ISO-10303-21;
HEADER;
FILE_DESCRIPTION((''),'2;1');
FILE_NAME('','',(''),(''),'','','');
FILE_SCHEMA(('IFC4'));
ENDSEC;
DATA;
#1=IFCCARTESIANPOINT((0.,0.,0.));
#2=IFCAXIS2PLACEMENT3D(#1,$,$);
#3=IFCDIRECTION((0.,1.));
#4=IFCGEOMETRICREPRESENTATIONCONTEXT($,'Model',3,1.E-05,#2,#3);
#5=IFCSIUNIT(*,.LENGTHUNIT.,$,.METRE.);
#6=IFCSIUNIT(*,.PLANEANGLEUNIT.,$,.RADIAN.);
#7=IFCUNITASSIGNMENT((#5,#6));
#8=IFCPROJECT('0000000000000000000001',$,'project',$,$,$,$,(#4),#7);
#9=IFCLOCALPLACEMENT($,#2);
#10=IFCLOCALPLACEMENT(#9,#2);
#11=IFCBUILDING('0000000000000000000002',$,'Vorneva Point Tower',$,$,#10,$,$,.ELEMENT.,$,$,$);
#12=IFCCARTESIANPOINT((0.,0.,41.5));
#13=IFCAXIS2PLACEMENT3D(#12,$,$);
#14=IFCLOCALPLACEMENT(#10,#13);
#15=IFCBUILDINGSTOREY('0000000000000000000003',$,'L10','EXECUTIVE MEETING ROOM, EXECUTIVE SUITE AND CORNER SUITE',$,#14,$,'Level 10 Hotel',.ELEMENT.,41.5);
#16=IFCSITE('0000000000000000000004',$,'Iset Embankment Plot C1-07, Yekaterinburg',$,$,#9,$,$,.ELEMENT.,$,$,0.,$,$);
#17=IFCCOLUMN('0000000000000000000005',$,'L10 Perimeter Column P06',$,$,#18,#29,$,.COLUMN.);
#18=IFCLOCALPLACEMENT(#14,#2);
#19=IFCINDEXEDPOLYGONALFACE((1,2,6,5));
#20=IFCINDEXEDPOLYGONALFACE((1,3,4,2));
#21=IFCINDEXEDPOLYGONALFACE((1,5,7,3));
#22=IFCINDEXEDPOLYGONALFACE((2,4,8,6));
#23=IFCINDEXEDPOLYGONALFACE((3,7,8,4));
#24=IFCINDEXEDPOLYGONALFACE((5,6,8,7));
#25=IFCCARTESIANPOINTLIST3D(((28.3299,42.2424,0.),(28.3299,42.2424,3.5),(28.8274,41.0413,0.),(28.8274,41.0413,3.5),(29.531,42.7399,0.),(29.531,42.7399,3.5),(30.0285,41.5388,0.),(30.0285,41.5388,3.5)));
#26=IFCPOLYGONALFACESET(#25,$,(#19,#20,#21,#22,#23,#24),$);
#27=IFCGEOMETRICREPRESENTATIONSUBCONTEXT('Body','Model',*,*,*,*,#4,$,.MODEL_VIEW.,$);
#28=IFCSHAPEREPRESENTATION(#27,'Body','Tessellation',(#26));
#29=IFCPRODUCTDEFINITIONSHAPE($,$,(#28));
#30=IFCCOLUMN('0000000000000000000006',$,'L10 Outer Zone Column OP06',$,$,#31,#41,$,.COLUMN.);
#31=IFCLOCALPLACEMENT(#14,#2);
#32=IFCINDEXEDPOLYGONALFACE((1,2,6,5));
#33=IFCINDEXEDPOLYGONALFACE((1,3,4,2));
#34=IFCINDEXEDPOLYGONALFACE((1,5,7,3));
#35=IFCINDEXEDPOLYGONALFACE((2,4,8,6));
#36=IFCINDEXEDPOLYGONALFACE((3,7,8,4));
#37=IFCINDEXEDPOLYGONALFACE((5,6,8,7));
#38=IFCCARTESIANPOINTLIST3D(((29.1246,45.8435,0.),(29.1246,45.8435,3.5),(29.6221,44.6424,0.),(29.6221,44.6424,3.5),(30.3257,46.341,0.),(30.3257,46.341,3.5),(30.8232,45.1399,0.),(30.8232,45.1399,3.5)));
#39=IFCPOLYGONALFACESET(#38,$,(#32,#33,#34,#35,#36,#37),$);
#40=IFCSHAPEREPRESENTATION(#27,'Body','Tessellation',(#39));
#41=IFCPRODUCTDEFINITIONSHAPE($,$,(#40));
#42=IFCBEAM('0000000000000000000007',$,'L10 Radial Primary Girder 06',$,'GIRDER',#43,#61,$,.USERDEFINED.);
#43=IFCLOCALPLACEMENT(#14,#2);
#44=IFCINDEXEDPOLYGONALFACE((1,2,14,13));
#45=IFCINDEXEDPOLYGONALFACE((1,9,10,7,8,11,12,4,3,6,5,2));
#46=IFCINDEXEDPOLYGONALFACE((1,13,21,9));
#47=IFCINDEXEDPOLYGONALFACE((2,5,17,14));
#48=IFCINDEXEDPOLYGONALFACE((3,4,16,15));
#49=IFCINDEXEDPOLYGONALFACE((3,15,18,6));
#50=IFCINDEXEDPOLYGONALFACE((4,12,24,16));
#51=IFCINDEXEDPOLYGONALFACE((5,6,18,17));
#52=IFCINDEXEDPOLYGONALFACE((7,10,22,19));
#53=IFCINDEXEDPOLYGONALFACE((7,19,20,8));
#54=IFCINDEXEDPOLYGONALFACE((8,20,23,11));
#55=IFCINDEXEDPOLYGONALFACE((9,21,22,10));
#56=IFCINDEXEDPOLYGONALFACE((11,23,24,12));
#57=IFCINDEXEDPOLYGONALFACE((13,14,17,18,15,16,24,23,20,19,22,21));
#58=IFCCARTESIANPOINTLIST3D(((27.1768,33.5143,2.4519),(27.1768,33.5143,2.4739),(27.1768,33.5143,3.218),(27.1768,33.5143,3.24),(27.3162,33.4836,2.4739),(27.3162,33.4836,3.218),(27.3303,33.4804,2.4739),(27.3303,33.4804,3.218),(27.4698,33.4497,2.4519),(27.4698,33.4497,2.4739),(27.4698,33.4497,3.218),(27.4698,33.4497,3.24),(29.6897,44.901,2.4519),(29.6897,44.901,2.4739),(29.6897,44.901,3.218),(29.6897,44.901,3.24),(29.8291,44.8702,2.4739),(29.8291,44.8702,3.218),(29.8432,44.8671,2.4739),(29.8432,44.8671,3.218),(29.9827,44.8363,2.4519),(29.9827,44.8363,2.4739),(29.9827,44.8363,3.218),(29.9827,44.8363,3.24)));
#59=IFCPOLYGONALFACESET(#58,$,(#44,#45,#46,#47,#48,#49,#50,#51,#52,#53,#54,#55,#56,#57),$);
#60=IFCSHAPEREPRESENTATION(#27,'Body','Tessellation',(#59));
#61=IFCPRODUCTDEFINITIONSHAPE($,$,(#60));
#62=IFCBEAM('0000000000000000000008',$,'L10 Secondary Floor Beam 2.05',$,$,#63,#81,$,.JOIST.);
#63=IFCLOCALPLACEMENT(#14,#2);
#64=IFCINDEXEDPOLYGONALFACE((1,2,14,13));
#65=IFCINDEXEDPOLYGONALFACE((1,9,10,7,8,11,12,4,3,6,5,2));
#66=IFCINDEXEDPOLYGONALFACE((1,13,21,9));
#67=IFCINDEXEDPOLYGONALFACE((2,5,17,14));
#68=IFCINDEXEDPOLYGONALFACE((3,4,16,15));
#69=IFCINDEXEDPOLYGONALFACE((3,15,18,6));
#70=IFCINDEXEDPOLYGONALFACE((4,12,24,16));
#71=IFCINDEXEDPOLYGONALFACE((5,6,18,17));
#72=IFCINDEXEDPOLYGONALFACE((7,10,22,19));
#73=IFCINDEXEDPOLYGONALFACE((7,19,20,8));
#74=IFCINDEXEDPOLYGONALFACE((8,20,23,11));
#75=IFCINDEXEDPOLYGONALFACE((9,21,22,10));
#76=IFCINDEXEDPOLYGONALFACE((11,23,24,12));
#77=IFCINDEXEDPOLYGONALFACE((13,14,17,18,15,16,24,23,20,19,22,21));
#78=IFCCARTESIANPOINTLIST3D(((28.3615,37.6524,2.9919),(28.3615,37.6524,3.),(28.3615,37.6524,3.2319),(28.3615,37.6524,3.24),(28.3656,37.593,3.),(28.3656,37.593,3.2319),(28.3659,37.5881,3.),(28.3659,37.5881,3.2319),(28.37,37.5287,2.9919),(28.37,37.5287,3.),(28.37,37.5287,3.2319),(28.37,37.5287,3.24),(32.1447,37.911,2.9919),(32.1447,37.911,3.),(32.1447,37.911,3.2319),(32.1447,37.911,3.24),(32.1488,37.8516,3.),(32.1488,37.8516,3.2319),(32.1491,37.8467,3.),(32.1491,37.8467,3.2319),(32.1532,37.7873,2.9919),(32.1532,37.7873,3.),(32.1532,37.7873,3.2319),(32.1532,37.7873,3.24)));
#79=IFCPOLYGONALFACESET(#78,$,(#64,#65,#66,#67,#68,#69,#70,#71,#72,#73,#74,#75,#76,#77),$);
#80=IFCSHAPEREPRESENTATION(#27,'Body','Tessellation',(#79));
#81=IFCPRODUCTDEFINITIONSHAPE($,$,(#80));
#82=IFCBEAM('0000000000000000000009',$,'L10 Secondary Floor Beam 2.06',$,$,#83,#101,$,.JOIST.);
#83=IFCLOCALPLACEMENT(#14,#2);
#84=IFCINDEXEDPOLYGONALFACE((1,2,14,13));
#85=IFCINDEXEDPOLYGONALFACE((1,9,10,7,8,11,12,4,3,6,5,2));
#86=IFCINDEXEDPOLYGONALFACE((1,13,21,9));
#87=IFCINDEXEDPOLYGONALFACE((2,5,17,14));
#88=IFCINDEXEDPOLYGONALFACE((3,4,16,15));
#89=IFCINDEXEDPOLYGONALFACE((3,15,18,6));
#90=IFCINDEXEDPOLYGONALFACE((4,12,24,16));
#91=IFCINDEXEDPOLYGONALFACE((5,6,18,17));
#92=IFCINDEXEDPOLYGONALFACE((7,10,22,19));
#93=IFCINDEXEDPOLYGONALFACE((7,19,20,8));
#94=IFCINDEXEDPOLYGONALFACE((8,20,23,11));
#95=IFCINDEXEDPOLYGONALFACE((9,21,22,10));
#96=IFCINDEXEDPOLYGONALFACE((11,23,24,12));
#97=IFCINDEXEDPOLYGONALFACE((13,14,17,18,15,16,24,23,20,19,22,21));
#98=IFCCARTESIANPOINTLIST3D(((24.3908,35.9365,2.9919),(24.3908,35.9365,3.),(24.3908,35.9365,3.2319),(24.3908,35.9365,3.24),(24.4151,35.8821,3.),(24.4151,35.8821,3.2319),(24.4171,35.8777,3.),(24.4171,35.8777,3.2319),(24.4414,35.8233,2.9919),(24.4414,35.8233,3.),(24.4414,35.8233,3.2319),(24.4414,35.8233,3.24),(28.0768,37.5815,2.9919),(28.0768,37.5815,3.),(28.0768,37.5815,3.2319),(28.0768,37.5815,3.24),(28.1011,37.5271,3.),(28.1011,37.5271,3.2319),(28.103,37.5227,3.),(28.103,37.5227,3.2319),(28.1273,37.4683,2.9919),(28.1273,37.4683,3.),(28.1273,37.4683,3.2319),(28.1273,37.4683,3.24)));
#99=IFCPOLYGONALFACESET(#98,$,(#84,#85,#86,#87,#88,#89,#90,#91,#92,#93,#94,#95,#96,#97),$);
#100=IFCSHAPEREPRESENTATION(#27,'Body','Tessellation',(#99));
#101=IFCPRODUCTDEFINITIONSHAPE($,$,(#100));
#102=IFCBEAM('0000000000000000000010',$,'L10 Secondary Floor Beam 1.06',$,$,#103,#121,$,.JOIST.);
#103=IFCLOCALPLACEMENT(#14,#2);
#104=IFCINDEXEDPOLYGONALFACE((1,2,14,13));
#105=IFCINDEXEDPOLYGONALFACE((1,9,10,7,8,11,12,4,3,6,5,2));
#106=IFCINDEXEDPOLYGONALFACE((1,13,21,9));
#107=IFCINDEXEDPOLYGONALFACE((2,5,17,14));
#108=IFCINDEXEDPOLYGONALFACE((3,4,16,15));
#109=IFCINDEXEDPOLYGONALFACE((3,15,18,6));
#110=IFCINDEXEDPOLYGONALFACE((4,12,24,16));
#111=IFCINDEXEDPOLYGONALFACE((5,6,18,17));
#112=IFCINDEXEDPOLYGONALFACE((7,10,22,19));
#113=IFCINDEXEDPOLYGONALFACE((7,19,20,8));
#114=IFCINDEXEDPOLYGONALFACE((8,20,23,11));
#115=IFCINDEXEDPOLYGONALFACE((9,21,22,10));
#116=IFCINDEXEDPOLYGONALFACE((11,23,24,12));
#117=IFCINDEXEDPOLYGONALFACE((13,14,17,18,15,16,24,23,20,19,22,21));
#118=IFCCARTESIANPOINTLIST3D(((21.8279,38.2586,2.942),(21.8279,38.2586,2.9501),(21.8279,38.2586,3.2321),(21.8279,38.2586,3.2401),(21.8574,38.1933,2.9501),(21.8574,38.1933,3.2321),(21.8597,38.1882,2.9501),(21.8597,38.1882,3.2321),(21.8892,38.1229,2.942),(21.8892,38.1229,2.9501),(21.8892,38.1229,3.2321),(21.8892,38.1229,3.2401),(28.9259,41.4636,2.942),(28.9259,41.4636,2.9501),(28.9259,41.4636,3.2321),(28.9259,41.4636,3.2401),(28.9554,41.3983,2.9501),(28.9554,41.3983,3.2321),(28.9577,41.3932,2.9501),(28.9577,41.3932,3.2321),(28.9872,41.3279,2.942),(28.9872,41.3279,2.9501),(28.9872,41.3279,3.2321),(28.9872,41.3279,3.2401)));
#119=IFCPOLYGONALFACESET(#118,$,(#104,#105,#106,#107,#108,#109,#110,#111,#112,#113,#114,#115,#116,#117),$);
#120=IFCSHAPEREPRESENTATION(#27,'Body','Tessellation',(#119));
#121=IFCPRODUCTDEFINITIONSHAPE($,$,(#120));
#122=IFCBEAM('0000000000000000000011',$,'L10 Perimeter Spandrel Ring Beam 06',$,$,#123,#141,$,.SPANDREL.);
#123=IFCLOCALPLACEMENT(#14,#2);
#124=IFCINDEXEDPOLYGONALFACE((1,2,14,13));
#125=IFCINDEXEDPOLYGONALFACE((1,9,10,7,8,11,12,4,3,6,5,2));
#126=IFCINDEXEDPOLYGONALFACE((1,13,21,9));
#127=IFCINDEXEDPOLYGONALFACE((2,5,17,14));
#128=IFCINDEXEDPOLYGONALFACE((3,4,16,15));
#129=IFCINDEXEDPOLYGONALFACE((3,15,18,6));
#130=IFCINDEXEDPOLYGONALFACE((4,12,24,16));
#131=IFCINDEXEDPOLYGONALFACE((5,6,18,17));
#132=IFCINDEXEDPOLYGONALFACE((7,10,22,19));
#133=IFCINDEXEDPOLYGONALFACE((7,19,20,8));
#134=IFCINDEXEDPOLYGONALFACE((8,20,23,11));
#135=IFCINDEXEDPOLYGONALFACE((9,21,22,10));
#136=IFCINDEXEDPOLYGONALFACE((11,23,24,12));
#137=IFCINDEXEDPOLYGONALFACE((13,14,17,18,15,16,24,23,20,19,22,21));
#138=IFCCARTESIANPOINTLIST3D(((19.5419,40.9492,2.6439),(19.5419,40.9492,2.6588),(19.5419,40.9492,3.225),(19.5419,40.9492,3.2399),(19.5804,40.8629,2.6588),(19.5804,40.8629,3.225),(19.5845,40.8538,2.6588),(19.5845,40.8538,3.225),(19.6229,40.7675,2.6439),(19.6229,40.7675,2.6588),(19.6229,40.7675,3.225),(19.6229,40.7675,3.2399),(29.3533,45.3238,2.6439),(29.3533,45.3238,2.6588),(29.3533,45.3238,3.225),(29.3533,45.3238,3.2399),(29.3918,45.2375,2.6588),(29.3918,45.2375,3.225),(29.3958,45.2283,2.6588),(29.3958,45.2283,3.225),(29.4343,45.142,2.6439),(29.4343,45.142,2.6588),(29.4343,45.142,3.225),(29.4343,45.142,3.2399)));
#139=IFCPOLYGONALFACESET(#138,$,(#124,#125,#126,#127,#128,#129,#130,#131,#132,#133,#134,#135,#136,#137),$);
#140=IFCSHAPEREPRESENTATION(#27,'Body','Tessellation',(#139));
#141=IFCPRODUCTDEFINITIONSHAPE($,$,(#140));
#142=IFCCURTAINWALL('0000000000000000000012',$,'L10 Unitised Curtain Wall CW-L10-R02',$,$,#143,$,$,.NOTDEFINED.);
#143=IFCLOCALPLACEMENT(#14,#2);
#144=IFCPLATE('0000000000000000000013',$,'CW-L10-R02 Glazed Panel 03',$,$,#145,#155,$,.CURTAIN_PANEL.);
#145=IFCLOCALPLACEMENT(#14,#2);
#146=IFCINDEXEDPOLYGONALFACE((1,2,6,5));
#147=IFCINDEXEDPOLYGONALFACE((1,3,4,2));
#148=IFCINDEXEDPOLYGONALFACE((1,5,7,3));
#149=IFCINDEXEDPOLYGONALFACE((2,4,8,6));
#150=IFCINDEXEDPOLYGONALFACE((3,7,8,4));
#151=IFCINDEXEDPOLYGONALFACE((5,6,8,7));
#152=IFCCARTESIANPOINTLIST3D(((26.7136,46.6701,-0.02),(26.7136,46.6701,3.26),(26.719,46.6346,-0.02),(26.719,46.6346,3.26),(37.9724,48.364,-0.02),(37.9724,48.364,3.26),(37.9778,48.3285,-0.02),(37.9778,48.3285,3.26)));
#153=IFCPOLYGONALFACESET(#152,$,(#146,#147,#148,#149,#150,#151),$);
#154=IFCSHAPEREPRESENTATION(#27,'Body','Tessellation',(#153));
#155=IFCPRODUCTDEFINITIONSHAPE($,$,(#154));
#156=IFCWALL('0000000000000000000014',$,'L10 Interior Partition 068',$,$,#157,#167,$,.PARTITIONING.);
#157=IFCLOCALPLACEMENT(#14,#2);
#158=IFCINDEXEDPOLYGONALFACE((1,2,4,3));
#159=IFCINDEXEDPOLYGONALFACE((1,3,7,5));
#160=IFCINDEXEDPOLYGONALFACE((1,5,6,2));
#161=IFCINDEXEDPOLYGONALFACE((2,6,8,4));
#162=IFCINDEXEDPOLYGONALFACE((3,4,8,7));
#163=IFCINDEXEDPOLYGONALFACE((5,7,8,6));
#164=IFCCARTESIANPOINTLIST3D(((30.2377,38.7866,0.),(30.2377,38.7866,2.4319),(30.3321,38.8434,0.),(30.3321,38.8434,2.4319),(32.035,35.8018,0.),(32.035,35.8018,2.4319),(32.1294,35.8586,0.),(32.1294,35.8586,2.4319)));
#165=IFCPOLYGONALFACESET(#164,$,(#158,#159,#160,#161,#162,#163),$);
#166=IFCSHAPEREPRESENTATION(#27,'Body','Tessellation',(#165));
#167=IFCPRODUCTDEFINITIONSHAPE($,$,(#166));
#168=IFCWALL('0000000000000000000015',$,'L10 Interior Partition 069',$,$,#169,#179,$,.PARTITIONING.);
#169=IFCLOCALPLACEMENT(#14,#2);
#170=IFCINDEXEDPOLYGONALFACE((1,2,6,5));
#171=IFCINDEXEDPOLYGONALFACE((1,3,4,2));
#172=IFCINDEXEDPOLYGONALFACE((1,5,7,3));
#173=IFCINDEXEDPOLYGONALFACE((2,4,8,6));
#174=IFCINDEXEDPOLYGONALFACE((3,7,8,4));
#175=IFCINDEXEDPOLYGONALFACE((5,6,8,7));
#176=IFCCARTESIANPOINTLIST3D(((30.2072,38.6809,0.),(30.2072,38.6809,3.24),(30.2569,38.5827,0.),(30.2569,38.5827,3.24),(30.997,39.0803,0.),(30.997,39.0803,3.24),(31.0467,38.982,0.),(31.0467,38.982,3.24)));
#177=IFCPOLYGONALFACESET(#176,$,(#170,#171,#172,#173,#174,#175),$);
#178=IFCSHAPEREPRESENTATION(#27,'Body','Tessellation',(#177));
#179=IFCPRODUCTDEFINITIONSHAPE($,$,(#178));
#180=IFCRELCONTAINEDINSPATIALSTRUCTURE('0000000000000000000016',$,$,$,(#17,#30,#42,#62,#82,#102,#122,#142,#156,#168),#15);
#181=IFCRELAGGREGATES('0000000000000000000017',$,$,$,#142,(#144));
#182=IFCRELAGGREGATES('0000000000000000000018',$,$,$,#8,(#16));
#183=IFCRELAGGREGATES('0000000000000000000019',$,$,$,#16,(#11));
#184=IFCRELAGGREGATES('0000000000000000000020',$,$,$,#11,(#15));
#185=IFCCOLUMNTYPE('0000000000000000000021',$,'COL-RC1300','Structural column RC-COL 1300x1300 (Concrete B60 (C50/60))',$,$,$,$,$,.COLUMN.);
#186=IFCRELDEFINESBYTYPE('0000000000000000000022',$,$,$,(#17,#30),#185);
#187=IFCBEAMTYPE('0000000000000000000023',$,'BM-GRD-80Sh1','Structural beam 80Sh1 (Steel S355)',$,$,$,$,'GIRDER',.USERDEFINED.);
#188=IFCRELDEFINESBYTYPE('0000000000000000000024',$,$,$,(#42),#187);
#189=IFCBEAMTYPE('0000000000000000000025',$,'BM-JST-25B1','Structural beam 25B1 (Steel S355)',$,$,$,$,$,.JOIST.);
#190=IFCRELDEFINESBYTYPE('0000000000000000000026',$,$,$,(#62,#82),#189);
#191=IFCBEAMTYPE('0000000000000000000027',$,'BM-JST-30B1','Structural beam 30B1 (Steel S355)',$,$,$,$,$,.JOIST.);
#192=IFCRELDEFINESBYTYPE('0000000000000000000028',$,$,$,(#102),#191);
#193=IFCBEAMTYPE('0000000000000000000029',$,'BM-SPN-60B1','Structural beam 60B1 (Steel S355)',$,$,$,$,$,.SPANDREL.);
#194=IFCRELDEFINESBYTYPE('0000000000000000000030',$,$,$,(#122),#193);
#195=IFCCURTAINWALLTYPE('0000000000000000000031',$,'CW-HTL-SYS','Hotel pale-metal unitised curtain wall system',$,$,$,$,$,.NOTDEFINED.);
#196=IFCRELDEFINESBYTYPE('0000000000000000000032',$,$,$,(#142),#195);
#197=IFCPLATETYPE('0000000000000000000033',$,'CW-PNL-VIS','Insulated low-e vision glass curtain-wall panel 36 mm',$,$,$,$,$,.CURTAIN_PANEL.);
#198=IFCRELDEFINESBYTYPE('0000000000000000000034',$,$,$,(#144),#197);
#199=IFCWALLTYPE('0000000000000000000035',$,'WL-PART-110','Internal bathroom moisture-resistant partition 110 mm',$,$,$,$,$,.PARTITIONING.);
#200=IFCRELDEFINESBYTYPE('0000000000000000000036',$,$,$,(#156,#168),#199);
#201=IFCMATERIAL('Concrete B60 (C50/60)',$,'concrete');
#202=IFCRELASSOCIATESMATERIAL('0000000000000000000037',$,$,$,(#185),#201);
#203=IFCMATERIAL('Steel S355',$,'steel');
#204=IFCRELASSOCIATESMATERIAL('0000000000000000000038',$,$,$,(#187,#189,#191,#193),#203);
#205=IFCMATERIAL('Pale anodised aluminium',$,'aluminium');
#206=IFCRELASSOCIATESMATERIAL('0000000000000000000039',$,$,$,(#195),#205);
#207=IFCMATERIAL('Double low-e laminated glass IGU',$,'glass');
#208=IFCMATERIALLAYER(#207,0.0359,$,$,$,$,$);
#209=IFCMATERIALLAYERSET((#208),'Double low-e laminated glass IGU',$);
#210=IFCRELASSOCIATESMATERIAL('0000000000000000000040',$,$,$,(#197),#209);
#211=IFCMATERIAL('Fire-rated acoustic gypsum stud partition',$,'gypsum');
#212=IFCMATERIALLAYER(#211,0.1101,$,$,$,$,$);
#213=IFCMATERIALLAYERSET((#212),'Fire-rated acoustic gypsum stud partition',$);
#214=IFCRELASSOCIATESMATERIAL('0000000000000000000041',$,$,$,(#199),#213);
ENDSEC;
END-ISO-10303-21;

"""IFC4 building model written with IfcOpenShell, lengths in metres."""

from ifc_helpers import new_model, si_unit, direction, frame, frame_2d, origin, origin_2d, place, context, subcontext, project, spatial, rectangle, i_section, extrude, material, layer, layer_set, material_profile, profile_set, type_object, element, aggregate, save


model = new_model("IFC4")

# Units and contexts
model_context = context("Model", 3, precision=1e-05, world=origin(), true_north=direction((0.0, 1.0)))
body_context = subcontext(model_context, "Body", "Model", "MODEL_VIEW")
ifc_project = project(units=[si_unit("LENGTHUNIT", "METRE"), si_unit("PLANEANGLEUNIT", "RADIAN")], contexts=[model_context])

# Site, building, storey
site_placement = place(None, origin())
site = spatial("IfcSite", under=ifc_project, at=site_placement, Name="Iset Embankment Plot C1-07, Yekaterinburg", CompositionType="ELEMENT", RefElevation=0.0)
building_placement = place(site_placement, origin())
building = spatial("IfcBuilding", under=site, at=building_placement, Name="Vorneva Point Tower", CompositionType="ELEMENT")
storey_placement = place(building_placement, frame((0.0, 0.0, 41.5)))
storey = spatial("IfcBuildingStorey", under=building, at=storey_placement, Name="L10", Description="EXECUTIVE MEETING ROOM, EXECUTIVE SUITE AND CORNER SUITE", LongName="Level 10 Hotel", CompositionType="ELEMENT", Elevation=41.5)

# Columns
ifc_material_1 = material(Name="Concrete B60 (C50/60)", Category="concrete")
ifc_material_profile_1 = material_profile(ifc_material_1, rectangle(XDim=1.3, YDim=1.3, at=origin_2d()), Name="RC-COL 1300x1300")
ifc_profile_set_1 = profile_set([ifc_material_profile_1], Name="Concrete B60 (C50/60)")
column_type = type_object("IfcColumnType", Name="COL-RC1300", Description="Structural column RC-COL 1300x1300 (Concrete B60 (C50/60))", PredefinedType="COLUMN", material=ifc_profile_set_1)
for number, where, z_axis, x_axis, name in (
    (1, (29.1792, 41.8906, 0.0), (0.0, 0.0, 1.0), (-0.382683, 0.92388, 0.0), "L10 Perimeter Column P06"),
    (2, (29.9739, 45.4917, 0.0), (0.0, 0.0, 1.0), (-0.382683, 0.92388, 0.0), "L10 Outer Zone Column OP06"),
):
    element("IfcColumn", number, at=place(storey_placement, frame(where, z_axis=z_axis, x_axis=x_axis)), inside=storey, type_object=column_type, Name=name, PredefinedType="COLUMN", context=body_context, shape_type="SweptSolid", body=[
        extrude(rectangle(XDim=1.3, YDim=1.3, at=origin_2d()), origin(), (0.0, 0.0, 1.0), 3.5),
    ])

# Beams
ifc_material_2 = material(Name="Steel S355", Category="steel")
ifc_material_profile_2 = material_profile(ifc_material_2, i_section(OverallWidth=0.3, OverallDepth=0.7881, WebThickness=0.0144, FlangeThickness=0.022, at=origin_2d()), Name="80Sh1")
ifc_profile_set_2 = profile_set([ifc_material_profile_2], Name="Steel S355")
beam_type_1 = type_object("IfcBeamType", Name="BM-GRD-80Sh1", Description="Structural beam 80Sh1 (Steel S355)", ElementType="GIRDER", PredefinedType="USERDEFINED", material=ifc_profile_set_2)
beam_1_placement = place(storey_placement, frame((29.8362, 44.8687, 2.8459), z_axis=(-0.215505, -0.976503, 0.0), x_axis=(0.976503, -0.215505, 0.0)))
element("IfcBeam", 3, at=beam_1_placement, inside=storey, type_object=beam_type_1, Name="L10 Radial Primary Girder 06", ObjectType="GIRDER", PredefinedType="USERDEFINED", context=body_context, shape_type="SweptSolid", body=[
    extrude(i_section(OverallWidth=0.3, OverallDepth=0.7881, WebThickness=0.0144, FlangeThickness=0.022, at=origin_2d()), origin(), (0.0, 0.0, 1.0), 11.6606),
])
ifc_material_profile_3 = material_profile(ifc_material_2, i_section(OverallWidth=0.124, OverallDepth=0.248, WebThickness=0.0049, FlangeThickness=0.0081, at=origin_2d()), Name="25B1")
ifc_profile_set_3 = profile_set([ifc_material_profile_3], Name="Steel S355")
beam_type_2 = type_object("IfcBeamType", Name="BM-JST-25B1", Description="Structural beam 25B1 (Steel S355)", PredefinedType="JOIST", material=ifc_profile_set_3)
beam_2_placement = place(storey_placement, frame((32.1489, 37.8491, 3.116), z_axis=(-0.997673, -0.068181, 0.0), x_axis=(0.068181, -0.997673, 0.0)))
element("IfcBeam", 4, at=beam_2_placement, inside=storey, type_object=beam_type_2, Name="L10 Secondary Floor Beam 2.05", PredefinedType="JOIST", context=body_context, shape_type="SweptSolid", body=[
    extrude(i_section(OverallWidth=0.124, OverallDepth=0.248, WebThickness=0.0049, FlangeThickness=0.0081, at=origin_2d()), origin(), (0.0, 0.0, 1.0), 3.792),
])
beam_3_placement = place(storey_placement, frame((28.1021, 37.5249, 3.116), z_axis=(-0.913187, -0.407541, 0.0), x_axis=(0.407541, -0.913187, 0.0)))
element("IfcBeam", 5, at=beam_3_placement, inside=storey, type_object=beam_type_2, Name="L10 Secondary Floor Beam 2.06", PredefinedType="JOIST", context=body_context, shape_type="SweptSolid", body=[
    extrude(i_section(OverallWidth=0.124, OverallDepth=0.248, WebThickness=0.0049, FlangeThickness=0.0081, at=origin_2d()), origin(), (0.0, 0.0, 1.0), 4.0364),
])
ifc_material_profile_4 = material_profile(ifc_material_2, i_section(OverallWidth=0.1489, OverallDepth=0.2981, WebThickness=0.0056, FlangeThickness=0.0081, at=origin_2d()), Name="30B1")
ifc_profile_set_4 = profile_set([ifc_material_profile_4], Name="Steel S355")
beam_type_3 = type_object("IfcBeamType", Name="BM-JST-30B1", Description="Structural beam 30B1 (Steel S355)", PredefinedType="JOIST", material=ifc_profile_set_4)
beam_4_placement = place(storey_placement, frame((28.9565, 41.3958, 3.0911), z_axis=(-0.911396, -0.41153, 0.0), x_axis=(0.41153, -0.911396, 0.0)))
element("IfcBeam", 6, at=beam_4_placement, inside=storey, type_object=beam_type_3, Name="L10 Secondary Floor Beam 1.06", PredefinedType="JOIST", context=body_context, shape_type="SweptSolid", body=[
    extrude(i_section(OverallWidth=0.1489, OverallDepth=0.2981, WebThickness=0.0056, FlangeThickness=0.0081, at=origin_2d()), origin(), (0.0, 0.0, 1.0), 7.7881),
])
ifc_material_profile_5 = material_profile(ifc_material_2, i_section(OverallWidth=0.199, OverallDepth=0.5959, WebThickness=0.01, FlangeThickness=0.0149, at=origin_2d()), Name="60B1")
ifc_profile_set_5 = profile_set([ifc_material_profile_5], Name="Steel S355")
beam_type_4 = type_object("IfcBeamType", Name="BM-SPN-60B1", Description="Structural beam 60B1 (Steel S355)", PredefinedType="SPANDREL", material=ifc_profile_set_5)
beam_5_placement = place(storey_placement, frame((29.3938, 45.2329, 2.9419), z_axis=(-0.913329, -0.407222, 0.0), x_axis=(0.407222, -0.913329, 0.0)))
element("IfcBeam", 7, at=beam_5_placement, inside=storey, type_object=beam_type_4, Name="L10 Perimeter Spandrel Ring Beam 06", PredefinedType="SPANDREL", context=body_context, shape_type="SweptSolid", body=[
    extrude(i_section(OverallWidth=0.199, OverallDepth=0.5959, WebThickness=0.01, FlangeThickness=0.0149, at=origin_2d()), origin(), (0.0, 0.0, 1.0), 10.7424),
])

# Curtain wall, plate
ifc_material_3 = material(Name="Pale anodised aluminium", Category="aluminium")
curtain_wall_type = type_object("IfcCurtainWallType", Name="CW-HTL-SYS", Description="Hotel pale-metal unitised curtain wall system", PredefinedType="NOTDEFINED", material=ifc_material_3)
curtain_wall_placement = place(storey_placement, origin())
curtain_wall = element("IfcCurtainWall", 8, at=curtain_wall_placement, inside=storey, type_object=curtain_wall_type, Name="L10 Unitised Curtain Wall CW-L10-R02", PredefinedType="NOTDEFINED")
ifc_material_4 = material(Name="Double low-e laminated glass IGU", Category="glass")
ifc_layer_1 = layer(ifc_material_4, 0.0359)
ifc_layer_set_1 = layer_set([ifc_layer_1], Name="Double low-e laminated glass IGU")
plate_type = type_object("IfcPlateType", Name="CW-PNL-VIS", Description="Insulated low-e vision glass curtain-wall panel 36 mm", PredefinedType="CURTAIN_PANEL", material=ifc_layer_set_1)
plate_placement = place(storey_placement, frame((32.3457, 47.4993, -0.02), z_axis=(0.0, 0.0, 1.0), x_axis=(-0.988871, -0.148776, 0.0)))
plate = element("IfcPlate", 9, at=plate_placement, type_object=plate_type, Name="CW-L10-R02 Glazed Panel 03", PredefinedType="CURTAIN_PANEL", context=body_context, shape_type="SweptSolid", body=[
    extrude(rectangle(XDim=11.3855, YDim=0.0359, at=origin_2d()), origin(), (0.0, 0.0, 1.0), 3.28),
])
aggregate(curtain_wall, [plate])

# Walls
ifc_material_5 = material(Name="Fire-rated acoustic gypsum stud partition", Category="gypsum")
ifc_layer_2 = layer(ifc_material_5, 0.1101)
ifc_layer_set_2 = layer_set([ifc_layer_2], Name="Fire-rated acoustic gypsum stud partition")
wall_type_1 = type_object("IfcWallType", Name="WL-PART-110", Description="Internal bathroom moisture-resistant partition 110 mm", PredefinedType="PARTITIONING", material=ifc_layer_set_2)
wall_1_placement = place(storey_placement, frame((32.0823, 35.8301, 0.0), z_axis=(0.0, 0.0, 1.0), x_axis=(-0.515855, 0.856676, 0.0)))
element("IfcWall", 10, at=wall_1_placement, inside=storey, type_object=wall_type_1, Name="L10 Interior Partition 068", PredefinedType="PARTITIONING", context=body_context, shape_type="SweptSolid", body=[
    extrude(rectangle(XDim=3.4841, YDim=0.1101, at=frame_2d((1.7422, 0.0))), origin(), (0.0, 0.0, 1.0), 2.4319),
])
wall_2_placement = place(storey_placement, frame((30.2322, 38.6318, 0.0), z_axis=(0.0, 0.0, 1.0), x_axis=(0.892377, 0.451292, 0.0)))
element("IfcWall", 11, at=wall_2_placement, inside=storey, type_object=wall_type_1, Name="L10 Interior Partition 069", PredefinedType="PARTITIONING", context=body_context, shape_type="SweptSolid", body=[
    extrude(rectangle(XDim=0.885, YDim=0.1101, at=frame_2d((0.4424, 0.0))), origin(), (0.0, 0.0, 1.0), 3.24),
])

save(model, "model.ifc")
